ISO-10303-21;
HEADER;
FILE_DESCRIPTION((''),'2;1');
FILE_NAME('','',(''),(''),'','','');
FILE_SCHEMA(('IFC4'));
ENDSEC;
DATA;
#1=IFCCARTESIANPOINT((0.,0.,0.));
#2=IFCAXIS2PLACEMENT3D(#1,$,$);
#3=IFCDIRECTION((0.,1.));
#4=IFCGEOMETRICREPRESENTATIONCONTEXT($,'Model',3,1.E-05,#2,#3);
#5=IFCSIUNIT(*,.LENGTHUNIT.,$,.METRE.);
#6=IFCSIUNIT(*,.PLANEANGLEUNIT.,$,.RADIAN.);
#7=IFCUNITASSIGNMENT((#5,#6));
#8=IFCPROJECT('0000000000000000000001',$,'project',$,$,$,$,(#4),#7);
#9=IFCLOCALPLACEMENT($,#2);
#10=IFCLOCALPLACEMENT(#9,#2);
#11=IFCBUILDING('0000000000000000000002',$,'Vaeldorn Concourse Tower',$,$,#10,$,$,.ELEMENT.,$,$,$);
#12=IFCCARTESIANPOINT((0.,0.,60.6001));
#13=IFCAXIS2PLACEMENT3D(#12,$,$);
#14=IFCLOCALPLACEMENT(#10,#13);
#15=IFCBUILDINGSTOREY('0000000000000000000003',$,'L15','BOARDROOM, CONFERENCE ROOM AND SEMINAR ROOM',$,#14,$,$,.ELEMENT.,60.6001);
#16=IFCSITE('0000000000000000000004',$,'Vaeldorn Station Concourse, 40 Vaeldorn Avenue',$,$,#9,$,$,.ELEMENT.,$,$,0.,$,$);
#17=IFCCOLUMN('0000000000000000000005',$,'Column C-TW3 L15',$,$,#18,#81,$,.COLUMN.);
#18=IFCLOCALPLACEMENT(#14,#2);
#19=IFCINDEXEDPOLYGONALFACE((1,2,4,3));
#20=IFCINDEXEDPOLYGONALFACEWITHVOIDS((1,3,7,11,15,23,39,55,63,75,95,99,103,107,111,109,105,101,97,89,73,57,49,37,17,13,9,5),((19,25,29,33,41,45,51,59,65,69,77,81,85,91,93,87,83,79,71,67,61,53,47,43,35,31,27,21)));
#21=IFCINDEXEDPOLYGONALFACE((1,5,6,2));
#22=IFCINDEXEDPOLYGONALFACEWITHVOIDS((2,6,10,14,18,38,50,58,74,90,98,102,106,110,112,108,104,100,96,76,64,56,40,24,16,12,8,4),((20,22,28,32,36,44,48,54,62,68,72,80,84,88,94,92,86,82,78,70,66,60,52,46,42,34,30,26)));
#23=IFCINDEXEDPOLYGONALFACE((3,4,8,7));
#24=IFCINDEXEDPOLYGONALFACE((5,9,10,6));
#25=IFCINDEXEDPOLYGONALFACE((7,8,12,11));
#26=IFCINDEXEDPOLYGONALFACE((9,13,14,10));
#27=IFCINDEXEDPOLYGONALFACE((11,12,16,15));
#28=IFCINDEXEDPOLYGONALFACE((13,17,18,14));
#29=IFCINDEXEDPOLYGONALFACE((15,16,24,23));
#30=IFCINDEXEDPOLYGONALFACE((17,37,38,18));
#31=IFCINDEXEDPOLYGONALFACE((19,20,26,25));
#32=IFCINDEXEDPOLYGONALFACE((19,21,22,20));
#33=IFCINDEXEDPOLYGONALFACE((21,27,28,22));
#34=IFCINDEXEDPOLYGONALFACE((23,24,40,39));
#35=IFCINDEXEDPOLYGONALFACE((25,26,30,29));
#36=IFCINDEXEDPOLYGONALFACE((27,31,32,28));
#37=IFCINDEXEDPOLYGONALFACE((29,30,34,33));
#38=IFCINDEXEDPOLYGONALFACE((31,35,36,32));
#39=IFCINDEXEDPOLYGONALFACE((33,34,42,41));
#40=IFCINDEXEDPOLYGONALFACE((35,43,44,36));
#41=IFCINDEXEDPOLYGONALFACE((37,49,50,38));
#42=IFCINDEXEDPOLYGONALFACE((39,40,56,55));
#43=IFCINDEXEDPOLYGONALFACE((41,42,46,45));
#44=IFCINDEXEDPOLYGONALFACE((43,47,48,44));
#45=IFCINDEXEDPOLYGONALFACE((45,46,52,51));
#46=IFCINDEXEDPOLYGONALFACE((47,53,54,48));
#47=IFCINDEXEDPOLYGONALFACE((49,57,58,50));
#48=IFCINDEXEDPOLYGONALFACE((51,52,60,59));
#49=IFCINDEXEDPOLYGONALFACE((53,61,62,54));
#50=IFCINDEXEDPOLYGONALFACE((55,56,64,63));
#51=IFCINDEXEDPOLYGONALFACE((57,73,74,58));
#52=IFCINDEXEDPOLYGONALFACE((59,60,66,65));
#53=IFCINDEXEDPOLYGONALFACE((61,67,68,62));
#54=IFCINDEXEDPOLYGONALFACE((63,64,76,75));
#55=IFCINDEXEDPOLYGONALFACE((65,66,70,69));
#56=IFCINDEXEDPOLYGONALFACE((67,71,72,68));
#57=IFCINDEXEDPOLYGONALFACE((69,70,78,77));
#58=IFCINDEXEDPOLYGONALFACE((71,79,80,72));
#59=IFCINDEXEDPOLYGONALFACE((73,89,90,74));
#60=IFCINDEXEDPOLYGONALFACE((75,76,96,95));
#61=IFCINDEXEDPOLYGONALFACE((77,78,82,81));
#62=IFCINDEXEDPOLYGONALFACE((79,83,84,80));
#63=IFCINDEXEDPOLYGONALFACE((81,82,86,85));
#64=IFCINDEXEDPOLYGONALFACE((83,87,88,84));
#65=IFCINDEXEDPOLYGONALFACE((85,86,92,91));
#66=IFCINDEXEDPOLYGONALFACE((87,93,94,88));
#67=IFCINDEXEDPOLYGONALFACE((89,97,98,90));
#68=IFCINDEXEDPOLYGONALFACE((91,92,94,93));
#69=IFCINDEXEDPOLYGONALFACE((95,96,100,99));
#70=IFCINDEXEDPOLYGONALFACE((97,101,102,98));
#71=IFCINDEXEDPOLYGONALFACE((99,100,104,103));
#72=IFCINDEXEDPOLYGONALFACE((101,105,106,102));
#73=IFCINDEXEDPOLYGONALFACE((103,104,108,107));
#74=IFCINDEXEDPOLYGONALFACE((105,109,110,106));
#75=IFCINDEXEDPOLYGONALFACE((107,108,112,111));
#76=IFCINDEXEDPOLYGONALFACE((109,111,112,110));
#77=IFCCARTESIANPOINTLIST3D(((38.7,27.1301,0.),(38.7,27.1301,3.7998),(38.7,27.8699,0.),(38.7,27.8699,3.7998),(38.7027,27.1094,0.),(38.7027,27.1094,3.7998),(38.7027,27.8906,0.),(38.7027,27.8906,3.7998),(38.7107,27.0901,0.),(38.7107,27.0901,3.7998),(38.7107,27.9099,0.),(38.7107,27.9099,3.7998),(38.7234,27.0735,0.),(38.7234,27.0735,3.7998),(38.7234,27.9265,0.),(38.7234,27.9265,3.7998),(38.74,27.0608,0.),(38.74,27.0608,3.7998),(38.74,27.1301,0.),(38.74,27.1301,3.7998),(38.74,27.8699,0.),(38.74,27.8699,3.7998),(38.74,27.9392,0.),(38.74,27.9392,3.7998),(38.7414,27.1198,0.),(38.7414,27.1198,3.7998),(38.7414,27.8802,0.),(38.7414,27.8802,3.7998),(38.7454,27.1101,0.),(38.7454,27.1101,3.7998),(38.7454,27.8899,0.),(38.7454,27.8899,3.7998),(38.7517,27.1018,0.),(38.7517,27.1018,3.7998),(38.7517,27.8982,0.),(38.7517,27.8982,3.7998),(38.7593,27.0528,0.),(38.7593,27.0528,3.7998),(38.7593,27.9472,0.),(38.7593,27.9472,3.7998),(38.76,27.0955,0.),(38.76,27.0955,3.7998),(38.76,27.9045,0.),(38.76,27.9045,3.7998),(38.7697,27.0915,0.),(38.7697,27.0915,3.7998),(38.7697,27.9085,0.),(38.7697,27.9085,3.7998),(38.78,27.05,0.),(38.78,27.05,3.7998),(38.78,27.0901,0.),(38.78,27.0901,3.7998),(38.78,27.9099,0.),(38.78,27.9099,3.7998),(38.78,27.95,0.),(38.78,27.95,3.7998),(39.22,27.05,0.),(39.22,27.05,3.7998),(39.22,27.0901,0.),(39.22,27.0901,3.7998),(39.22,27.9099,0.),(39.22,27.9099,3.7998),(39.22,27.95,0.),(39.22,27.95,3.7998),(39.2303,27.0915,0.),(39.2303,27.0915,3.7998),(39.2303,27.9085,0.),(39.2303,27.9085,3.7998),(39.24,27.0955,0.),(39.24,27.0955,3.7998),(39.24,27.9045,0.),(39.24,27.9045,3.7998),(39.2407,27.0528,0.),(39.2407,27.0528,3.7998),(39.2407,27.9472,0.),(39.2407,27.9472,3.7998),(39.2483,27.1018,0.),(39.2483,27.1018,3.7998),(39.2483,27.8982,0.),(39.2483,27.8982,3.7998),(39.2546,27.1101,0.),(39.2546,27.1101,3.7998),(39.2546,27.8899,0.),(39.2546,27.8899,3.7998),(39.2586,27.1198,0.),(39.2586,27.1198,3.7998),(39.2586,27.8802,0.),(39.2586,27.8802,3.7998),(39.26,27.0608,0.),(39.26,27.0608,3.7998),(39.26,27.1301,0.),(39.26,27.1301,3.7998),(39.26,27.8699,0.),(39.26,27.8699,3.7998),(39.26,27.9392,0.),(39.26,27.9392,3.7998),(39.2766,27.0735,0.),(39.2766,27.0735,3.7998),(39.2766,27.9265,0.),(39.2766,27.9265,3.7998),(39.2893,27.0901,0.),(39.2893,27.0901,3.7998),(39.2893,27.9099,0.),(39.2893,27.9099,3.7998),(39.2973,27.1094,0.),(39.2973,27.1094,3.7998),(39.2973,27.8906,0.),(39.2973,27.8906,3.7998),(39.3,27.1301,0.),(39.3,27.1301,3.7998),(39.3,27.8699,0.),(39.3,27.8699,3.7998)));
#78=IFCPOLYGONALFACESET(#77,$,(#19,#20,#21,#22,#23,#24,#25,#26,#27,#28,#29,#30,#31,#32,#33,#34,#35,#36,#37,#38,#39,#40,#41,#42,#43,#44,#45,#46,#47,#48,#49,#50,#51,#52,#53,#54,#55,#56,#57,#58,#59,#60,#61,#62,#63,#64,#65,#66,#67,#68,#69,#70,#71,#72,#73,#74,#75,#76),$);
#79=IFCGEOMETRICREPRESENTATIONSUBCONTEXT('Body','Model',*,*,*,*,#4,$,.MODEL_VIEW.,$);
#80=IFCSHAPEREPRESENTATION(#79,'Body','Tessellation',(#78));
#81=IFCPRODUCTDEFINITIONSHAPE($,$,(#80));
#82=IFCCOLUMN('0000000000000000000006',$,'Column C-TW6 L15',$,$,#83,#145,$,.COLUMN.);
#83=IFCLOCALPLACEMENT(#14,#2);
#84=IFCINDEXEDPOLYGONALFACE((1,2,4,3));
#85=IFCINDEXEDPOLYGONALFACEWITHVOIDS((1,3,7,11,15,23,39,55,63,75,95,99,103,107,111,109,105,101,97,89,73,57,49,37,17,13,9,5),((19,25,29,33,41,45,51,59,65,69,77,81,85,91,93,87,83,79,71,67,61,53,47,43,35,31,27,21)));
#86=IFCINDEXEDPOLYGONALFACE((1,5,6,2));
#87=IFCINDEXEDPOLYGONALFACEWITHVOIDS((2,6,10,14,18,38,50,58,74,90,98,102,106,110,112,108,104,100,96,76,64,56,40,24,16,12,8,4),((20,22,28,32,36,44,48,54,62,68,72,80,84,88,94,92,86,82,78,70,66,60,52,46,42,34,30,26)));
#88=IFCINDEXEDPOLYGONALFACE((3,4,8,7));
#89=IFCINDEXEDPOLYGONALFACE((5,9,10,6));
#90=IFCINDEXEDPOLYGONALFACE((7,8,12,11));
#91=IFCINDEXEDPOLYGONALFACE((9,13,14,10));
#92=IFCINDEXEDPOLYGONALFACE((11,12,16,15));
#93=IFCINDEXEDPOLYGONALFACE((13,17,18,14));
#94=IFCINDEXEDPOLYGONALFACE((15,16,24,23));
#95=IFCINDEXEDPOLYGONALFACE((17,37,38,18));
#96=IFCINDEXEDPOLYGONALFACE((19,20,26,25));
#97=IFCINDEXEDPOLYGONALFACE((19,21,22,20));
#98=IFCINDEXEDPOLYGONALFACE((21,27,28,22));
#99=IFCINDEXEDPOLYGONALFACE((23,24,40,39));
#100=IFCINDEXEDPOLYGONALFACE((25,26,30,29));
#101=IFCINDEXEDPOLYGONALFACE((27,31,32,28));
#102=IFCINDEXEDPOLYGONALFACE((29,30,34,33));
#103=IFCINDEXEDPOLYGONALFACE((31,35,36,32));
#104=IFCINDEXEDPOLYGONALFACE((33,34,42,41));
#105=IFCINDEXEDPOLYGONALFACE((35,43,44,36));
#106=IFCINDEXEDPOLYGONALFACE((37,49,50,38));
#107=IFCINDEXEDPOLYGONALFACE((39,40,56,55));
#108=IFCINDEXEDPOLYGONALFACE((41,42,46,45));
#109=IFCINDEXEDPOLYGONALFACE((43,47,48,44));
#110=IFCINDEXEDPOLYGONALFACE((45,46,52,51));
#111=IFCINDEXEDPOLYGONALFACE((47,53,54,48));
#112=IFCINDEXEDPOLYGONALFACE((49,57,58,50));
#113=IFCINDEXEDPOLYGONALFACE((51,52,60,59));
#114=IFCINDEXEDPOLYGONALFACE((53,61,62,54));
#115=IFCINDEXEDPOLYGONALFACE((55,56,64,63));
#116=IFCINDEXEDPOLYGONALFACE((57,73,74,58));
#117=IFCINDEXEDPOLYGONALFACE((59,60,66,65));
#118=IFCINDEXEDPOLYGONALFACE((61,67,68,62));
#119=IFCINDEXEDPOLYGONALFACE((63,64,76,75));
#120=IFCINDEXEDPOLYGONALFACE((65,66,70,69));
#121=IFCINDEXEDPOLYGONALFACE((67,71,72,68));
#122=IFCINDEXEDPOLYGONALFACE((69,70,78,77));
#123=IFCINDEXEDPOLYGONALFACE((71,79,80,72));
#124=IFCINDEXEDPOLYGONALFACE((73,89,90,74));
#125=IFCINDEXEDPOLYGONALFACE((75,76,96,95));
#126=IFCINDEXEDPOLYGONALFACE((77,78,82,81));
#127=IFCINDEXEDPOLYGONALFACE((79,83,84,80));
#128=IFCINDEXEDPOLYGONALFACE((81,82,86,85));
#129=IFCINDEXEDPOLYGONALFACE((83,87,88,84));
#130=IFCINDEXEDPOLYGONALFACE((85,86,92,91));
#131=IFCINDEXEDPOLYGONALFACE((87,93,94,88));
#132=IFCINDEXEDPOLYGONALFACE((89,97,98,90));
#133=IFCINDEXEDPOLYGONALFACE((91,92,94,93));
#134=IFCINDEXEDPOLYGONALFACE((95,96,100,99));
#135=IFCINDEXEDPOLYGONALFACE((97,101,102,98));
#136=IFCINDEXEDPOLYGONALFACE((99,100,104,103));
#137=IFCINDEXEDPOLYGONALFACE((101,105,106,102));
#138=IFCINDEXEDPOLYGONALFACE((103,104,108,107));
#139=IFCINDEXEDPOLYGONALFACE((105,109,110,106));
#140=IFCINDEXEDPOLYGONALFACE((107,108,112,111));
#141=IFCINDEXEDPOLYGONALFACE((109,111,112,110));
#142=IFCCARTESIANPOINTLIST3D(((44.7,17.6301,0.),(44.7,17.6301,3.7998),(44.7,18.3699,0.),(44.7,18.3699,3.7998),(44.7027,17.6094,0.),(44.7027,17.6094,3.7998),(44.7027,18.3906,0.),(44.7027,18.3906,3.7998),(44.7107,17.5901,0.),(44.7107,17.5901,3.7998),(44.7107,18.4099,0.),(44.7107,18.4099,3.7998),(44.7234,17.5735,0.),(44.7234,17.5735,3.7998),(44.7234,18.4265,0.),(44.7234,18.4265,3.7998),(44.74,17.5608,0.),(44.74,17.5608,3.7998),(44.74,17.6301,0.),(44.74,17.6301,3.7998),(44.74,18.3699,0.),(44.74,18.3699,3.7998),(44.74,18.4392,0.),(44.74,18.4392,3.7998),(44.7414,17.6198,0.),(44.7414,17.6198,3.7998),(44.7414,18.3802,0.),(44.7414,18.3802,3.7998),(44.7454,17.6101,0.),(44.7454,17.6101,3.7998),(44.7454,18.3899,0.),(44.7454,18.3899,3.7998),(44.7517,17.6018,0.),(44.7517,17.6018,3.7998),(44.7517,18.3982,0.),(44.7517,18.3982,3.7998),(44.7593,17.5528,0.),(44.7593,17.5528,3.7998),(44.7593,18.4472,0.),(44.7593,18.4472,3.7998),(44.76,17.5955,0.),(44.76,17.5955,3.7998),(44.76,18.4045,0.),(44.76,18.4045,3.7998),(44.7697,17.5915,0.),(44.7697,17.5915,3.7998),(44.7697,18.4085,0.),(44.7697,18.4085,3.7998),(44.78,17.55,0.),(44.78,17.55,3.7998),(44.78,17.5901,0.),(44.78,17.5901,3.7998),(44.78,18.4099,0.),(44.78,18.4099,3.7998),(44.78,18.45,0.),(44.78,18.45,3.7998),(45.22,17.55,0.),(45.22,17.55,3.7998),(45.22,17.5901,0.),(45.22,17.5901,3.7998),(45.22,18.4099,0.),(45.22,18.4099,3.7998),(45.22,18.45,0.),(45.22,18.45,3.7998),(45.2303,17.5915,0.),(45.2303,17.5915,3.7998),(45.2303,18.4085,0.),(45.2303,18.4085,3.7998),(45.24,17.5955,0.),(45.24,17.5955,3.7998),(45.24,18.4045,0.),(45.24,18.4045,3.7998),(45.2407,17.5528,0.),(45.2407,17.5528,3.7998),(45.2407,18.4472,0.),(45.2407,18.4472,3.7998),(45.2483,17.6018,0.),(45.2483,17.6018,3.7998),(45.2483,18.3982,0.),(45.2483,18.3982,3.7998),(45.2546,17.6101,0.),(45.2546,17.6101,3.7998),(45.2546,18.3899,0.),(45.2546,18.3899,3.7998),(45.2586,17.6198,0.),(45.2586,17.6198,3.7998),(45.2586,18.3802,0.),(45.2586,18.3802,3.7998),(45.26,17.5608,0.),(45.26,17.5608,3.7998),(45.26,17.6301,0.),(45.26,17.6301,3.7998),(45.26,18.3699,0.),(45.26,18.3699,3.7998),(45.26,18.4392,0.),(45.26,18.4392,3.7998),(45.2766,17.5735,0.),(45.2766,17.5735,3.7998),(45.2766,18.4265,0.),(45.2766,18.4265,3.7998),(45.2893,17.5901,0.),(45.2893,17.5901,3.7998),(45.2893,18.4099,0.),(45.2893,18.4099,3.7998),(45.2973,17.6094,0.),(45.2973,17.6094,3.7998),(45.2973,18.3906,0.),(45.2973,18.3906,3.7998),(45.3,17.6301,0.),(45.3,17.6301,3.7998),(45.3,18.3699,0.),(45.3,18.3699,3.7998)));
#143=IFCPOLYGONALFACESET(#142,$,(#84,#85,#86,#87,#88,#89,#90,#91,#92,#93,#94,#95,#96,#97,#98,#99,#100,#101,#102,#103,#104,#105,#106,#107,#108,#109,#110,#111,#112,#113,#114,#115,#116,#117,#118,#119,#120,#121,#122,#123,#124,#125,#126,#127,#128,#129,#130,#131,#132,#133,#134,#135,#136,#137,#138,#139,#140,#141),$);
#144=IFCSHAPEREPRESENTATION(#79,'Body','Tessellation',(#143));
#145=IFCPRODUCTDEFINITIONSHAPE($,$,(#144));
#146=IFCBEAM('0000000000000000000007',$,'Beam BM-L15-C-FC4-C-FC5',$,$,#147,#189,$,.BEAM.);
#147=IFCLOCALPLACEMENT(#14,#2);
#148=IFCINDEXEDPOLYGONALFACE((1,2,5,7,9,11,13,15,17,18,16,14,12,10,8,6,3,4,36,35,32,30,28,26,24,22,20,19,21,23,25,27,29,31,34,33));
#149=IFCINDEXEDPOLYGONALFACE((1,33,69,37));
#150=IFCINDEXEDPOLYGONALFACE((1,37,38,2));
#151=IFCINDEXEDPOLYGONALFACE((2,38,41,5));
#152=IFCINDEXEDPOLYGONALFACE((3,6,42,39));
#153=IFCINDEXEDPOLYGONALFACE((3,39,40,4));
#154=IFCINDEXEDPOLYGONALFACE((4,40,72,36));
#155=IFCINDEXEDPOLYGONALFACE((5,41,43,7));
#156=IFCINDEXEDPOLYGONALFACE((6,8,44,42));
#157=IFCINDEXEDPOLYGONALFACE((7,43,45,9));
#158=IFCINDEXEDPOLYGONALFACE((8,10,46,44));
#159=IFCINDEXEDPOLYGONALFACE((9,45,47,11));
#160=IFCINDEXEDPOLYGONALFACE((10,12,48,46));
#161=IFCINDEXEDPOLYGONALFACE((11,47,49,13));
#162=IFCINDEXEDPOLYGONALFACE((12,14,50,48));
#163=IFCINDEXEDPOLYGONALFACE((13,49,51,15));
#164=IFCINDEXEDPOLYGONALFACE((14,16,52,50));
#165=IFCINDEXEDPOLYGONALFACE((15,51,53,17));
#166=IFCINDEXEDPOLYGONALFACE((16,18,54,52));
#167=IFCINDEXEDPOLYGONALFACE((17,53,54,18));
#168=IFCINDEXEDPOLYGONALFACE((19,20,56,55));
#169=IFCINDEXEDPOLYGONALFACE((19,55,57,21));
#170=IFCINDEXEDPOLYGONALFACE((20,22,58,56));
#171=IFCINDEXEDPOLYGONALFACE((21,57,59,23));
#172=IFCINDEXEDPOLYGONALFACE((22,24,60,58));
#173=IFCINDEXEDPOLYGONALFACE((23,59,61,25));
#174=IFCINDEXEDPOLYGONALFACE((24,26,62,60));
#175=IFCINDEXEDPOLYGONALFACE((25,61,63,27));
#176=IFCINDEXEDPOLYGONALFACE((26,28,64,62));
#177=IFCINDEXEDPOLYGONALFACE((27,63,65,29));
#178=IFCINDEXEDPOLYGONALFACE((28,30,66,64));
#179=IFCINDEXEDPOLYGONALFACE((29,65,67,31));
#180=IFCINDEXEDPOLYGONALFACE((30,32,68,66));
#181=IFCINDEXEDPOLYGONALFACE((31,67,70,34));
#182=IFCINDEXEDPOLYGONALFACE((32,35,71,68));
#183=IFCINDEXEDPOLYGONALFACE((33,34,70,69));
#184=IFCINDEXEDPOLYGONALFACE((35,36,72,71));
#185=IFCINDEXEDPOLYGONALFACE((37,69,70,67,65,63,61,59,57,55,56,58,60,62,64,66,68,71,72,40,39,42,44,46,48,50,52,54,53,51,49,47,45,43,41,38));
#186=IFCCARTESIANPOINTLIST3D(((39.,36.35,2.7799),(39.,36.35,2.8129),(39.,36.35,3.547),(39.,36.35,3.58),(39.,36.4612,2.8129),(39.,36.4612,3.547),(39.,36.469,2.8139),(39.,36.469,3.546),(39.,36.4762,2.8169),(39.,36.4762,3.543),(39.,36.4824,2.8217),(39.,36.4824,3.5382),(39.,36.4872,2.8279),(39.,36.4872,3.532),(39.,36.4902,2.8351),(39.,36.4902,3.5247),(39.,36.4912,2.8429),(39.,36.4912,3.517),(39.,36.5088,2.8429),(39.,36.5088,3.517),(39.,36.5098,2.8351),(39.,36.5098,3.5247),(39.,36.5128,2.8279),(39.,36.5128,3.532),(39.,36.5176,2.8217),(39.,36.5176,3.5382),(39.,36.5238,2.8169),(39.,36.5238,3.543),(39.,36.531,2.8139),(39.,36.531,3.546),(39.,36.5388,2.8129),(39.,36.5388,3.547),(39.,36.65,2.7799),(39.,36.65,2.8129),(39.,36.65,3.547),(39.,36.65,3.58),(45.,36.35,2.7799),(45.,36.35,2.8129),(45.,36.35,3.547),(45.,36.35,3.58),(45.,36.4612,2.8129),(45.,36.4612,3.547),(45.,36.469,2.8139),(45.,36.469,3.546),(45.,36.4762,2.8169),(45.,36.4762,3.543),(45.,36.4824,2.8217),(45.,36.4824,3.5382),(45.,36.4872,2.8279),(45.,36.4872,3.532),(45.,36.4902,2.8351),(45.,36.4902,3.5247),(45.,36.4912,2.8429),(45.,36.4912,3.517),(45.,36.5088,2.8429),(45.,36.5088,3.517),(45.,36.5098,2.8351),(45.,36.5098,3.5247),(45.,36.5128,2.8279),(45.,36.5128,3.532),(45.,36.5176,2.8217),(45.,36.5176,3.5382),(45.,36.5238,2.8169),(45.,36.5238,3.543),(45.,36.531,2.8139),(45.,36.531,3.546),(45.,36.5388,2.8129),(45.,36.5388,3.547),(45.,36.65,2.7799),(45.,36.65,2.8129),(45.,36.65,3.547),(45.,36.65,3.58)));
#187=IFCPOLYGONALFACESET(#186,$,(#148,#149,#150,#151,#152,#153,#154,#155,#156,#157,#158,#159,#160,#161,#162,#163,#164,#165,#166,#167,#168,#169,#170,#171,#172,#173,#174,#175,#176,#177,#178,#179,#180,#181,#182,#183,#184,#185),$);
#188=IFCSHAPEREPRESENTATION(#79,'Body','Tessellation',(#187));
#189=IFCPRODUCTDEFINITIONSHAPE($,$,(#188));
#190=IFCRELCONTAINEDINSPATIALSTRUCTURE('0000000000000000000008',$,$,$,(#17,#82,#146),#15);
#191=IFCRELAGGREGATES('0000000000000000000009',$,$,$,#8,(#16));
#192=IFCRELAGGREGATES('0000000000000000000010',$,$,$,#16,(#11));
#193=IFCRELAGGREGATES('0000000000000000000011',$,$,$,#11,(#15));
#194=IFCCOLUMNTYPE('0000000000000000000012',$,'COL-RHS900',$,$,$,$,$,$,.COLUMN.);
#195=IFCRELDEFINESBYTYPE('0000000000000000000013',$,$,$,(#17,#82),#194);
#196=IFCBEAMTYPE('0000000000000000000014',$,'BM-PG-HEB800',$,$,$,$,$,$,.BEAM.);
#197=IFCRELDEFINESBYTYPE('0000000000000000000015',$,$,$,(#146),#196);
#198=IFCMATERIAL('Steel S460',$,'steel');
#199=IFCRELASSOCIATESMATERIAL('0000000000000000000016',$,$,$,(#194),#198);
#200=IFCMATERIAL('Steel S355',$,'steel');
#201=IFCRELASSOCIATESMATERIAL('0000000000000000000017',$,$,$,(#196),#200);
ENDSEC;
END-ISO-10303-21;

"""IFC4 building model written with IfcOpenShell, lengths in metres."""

from ifc_helpers import new_model, si_unit, direction, frame, origin, origin_2d, place, context, subcontext, project, spatial, hollow_rectangle, i_section, extrude, source, transform, mapped, material, material_profile, profile_set, type_object, element, save


model = new_model("IFC4")

# Units and contexts
model_context = context("Model", 3, precision=1e-05, world=origin(), true_north=direction((0.0, 1.0)))
body_context = subcontext(model_context, "Body", "Model", "MODEL_VIEW")
ifc_project = project(units=[si_unit("LENGTHUNIT", "METRE"), si_unit("PLANEANGLEUNIT", "RADIAN")], contexts=[model_context])

# Site, building, storey
site_placement = place(None, origin())
site = spatial("IfcSite", under=ifc_project, at=site_placement, Name="Vaeldorn Station Concourse, 40 Vaeldorn Avenue", CompositionType="ELEMENT", RefElevation=0.0)
building_placement = place(site_placement, origin())
building = spatial("IfcBuilding", under=site, at=building_placement, Name="Vaeldorn Concourse Tower", CompositionType="ELEMENT")
storey_placement = place(building_placement, frame((0.0, 0.0, 60.6001)))
storey = spatial("IfcBuildingStorey", under=building, at=storey_placement, Name="L15", Description="BOARDROOM, CONFERENCE ROOM AND SEMINAR ROOM", CompositionType="ELEMENT", Elevation=60.6001)

# Columns
ifc_material_1 = material(Name="Steel S460", Category="steel")
ifc_material_profile_1 = material_profile(ifc_material_1, hollow_rectangle(XDim=0.6001, YDim=0.8999, WallThickness=0.04, InnerFilletRadius=0.04, OuterFilletRadius=0.0801, at=origin_2d()), Name="RHS 900x600x40")
ifc_profile_set_1 = profile_set([ifc_material_profile_1], Name="Steel S460")
column_type_1 = type_object("IfcColumnType", Name="COL-RHS900", PredefinedType="COLUMN", material=ifc_profile_set_1)
shared_shape_1 = source(origin(), body_context, "Body", "SweptSolid", [
    extrude(hollow_rectangle(XDim=0.6001, YDim=0.8999, WallThickness=0.04, InnerFilletRadius=0.04, OuterFilletRadius=0.0801, at=origin_2d()), origin(), (0.0, 0.0, 1.0), 3.7998),
])
for number, where, z_axis, x_axis, name in (
    (1, (39.0, 27.5, 0.0), (0.0, 0.0, 1.0), (1.0, 0.0, 0.0), "Column C-TW3 L15"),
    (2, (45.0, 18.0, 0.0), (0.0, 0.0, 1.0), (1.0, 0.0, 0.0), "Column C-TW6 L15"),
):
    element("IfcColumn", number, at=place(storey_placement, frame(where, z_axis=z_axis, x_axis=x_axis)), inside=storey, type_object=column_type_1, Name=name, PredefinedType="COLUMN", context=body_context, shape_type="MappedRepresentation", body=[
        mapped(shared_shape_1, transform((0.0, 0.0, 0.0), scale=1.0)),
    ])

# Beam
ifc_material_2 = material(Name="Steel S355", Category="steel")
ifc_material_profile_2 = material_profile(ifc_material_2, i_section(OverallWidth=0.3, OverallDepth=0.8, WebThickness=0.0176, FlangeThickness=0.033, FilletRadius=0.03, at=origin_2d()), Name="HEB 800")
ifc_profile_set_2 = profile_set([ifc_material_profile_2], Name="Steel S355")
beam_type_1 = type_object("IfcBeamType", Name="BM-PG-HEB800", PredefinedType="BEAM", material=ifc_profile_set_2)
shared_shape_2 = source(origin(), body_context, "Body", "SweptSolid", [
    extrude(i_section(OverallWidth=0.3, OverallDepth=0.8, WebThickness=0.0176, FlangeThickness=0.033, FilletRadius=0.03, at=origin_2d()), origin(), (0.0, 0.0, 1.0), 6.0),
])
for number, where, z_axis, x_axis, name in (
    (3, (39.0, 36.5, 3.1799), (1.0, 0.0, 0.0), (0.0, 1.0, 0.0), "Beam BM-L15-C-FC4-C-FC5"),
):
    element("IfcBeam", number, at=place(storey_placement, frame(where, z_axis=z_axis, x_axis=x_axis)), inside=storey, type_object=beam_type_1, Name=name, PredefinedType="BEAM", context=body_context, shape_type="MappedRepresentation", body=[
        mapped(shared_shape_2, transform((0.0, 0.0, 0.0), scale=1.0)),
    ])

save(model, "model.ifc")
